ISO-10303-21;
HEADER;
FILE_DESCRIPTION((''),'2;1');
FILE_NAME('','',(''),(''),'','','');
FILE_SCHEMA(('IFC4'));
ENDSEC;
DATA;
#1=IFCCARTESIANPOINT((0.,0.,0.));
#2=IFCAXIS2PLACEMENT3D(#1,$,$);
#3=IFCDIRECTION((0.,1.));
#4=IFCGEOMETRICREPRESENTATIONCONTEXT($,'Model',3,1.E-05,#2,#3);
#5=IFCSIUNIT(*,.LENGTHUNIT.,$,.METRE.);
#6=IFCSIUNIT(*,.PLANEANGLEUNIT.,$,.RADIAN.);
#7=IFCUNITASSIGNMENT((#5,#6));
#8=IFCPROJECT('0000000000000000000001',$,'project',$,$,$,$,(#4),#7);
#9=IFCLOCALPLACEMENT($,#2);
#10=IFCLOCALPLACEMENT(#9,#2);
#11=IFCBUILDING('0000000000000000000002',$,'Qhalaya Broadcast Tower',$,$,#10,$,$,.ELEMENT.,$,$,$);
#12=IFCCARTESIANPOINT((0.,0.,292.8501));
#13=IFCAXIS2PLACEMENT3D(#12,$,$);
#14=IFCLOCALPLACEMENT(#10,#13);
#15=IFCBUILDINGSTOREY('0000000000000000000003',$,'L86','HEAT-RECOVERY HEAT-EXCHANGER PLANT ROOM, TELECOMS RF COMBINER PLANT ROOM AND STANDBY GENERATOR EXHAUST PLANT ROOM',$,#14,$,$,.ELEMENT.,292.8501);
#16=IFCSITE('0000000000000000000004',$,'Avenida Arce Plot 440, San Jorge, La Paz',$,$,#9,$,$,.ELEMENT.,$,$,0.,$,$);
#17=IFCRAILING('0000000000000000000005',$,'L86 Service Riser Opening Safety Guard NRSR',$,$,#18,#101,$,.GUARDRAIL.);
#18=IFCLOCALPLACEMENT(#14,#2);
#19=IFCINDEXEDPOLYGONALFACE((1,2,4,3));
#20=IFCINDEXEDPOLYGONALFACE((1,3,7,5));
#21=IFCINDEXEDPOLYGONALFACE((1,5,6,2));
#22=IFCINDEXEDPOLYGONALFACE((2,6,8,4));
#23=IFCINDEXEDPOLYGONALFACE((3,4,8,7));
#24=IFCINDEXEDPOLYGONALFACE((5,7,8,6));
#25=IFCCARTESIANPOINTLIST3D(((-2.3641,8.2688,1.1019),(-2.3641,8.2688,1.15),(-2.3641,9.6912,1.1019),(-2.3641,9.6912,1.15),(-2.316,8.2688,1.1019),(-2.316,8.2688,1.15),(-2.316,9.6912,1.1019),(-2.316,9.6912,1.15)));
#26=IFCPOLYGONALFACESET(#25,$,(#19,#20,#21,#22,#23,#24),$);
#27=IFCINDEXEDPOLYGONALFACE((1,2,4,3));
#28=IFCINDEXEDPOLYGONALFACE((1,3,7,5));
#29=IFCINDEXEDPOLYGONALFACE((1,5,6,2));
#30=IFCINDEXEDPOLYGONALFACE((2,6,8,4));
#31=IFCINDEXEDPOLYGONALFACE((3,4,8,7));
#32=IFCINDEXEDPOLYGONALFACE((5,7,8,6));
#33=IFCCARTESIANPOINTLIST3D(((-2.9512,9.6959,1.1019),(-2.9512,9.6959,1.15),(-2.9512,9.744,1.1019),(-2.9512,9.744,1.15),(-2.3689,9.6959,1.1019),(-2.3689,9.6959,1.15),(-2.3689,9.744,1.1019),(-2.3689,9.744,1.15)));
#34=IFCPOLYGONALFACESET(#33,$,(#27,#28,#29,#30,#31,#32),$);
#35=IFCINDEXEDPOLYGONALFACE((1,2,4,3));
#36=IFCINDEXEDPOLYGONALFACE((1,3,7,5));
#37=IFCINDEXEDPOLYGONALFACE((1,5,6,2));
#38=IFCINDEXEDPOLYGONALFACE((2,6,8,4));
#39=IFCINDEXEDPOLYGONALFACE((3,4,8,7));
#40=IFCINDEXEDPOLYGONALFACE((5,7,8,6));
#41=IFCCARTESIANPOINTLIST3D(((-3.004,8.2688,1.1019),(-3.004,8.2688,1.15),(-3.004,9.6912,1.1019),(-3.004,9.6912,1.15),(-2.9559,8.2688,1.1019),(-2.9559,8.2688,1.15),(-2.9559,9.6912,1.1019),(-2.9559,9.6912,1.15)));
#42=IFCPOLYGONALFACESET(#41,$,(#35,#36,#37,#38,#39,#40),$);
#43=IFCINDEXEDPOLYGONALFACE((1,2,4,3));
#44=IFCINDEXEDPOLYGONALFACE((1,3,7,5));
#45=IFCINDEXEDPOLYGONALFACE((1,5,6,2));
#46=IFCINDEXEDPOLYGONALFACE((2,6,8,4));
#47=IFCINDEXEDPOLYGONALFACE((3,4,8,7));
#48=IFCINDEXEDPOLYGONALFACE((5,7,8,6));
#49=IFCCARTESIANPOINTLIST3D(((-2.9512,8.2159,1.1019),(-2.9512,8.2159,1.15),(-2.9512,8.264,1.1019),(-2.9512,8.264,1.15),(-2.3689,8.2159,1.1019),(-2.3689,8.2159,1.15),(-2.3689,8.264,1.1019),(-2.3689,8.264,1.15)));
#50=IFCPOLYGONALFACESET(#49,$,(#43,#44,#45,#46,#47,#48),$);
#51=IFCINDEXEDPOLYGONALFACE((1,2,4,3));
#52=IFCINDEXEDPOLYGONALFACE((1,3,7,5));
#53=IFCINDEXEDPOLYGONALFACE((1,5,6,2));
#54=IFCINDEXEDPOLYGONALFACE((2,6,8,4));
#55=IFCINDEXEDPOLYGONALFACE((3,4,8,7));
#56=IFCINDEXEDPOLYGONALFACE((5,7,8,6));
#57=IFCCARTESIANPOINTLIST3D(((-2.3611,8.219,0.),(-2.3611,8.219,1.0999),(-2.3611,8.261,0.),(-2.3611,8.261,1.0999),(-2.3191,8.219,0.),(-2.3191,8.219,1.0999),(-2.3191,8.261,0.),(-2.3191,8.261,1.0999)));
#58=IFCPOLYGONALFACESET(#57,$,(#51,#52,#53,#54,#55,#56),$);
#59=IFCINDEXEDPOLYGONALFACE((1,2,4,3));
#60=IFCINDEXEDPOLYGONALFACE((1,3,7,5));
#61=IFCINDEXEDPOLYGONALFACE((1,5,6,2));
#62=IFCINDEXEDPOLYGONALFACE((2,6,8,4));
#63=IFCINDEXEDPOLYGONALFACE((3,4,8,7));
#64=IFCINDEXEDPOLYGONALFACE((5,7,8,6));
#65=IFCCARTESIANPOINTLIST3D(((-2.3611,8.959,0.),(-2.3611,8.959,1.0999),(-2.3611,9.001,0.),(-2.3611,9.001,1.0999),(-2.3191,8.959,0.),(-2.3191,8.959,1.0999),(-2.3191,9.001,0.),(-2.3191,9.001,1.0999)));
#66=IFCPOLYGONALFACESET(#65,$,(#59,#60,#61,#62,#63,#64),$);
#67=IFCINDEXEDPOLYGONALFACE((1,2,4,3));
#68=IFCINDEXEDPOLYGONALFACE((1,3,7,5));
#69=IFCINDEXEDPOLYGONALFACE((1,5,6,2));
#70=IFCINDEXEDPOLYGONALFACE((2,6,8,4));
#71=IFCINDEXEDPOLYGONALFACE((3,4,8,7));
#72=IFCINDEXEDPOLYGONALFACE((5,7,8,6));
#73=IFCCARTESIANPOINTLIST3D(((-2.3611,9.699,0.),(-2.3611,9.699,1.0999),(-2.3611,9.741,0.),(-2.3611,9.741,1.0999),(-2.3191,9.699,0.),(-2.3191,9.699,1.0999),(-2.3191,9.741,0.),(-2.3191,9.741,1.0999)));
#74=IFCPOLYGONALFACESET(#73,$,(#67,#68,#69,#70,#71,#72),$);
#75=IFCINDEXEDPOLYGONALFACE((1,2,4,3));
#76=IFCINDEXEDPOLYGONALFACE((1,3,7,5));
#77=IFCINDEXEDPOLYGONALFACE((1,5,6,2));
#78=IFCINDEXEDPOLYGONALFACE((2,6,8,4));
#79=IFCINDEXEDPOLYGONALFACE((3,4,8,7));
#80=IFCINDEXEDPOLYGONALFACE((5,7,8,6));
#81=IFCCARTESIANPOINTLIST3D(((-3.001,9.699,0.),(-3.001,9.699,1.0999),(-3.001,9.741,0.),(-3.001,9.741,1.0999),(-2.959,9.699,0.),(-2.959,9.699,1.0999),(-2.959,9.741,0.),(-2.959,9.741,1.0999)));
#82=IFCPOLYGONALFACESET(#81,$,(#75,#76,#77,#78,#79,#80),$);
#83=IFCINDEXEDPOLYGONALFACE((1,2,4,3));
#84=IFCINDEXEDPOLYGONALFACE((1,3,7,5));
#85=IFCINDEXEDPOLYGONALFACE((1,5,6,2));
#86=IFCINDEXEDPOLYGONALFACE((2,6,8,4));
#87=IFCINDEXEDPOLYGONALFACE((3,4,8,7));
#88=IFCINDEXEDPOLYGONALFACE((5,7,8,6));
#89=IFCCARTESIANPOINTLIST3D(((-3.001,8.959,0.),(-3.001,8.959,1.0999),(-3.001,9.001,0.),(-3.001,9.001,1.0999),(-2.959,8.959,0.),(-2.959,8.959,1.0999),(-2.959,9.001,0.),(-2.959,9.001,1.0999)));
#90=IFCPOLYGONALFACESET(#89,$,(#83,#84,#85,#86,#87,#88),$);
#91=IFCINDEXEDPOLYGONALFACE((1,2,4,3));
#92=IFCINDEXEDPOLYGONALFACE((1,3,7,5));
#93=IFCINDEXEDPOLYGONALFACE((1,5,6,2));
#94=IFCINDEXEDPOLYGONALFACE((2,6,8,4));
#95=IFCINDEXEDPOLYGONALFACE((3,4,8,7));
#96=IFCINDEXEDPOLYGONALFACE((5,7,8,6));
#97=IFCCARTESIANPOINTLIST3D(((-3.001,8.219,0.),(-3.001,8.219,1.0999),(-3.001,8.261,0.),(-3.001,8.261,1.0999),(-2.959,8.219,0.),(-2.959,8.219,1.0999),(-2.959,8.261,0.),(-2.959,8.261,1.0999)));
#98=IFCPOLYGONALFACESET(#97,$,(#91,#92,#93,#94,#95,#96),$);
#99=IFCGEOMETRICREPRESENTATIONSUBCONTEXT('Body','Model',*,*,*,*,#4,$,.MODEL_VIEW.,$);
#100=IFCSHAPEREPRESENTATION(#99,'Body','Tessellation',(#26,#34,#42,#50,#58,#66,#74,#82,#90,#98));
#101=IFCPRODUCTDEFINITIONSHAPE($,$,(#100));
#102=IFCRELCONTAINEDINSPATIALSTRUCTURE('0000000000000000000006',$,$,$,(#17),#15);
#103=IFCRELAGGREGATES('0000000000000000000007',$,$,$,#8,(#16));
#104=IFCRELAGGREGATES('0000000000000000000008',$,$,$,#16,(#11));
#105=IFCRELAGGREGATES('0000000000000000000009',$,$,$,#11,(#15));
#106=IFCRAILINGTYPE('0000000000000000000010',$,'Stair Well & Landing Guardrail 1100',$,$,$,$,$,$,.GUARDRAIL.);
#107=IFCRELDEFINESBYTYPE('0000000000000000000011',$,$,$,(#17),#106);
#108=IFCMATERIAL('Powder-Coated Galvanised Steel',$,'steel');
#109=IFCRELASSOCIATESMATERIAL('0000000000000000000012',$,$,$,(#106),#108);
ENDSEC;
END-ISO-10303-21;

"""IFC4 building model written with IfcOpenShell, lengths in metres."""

from ifc_helpers import new_model, si_unit, direction, frame, origin, origin_2d, place, context, subcontext, project, spatial, rectangle, extrude, material, type_object, element, save


model = new_model("IFC4")

# Units and contexts
model_context = context("Model", 3, precision=1e-05, world=origin(), true_north=direction((0.0, 1.0)))
body_context = subcontext(model_context, "Body", "Model", "MODEL_VIEW")
ifc_project = project(units=[si_unit("LENGTHUNIT", "METRE"), si_unit("PLANEANGLEUNIT", "RADIAN")], contexts=[model_context])

# Site, building, storey
site_placement = place(None, origin())
site = spatial("IfcSite", under=ifc_project, at=site_placement, Name="Avenida Arce Plot 440, San Jorge, La Paz", CompositionType="ELEMENT", RefElevation=0.0)
building_placement = place(site_placement, origin())
building = spatial("IfcBuilding", under=site, at=building_placement, Name="Qhalaya Broadcast Tower", CompositionType="ELEMENT")
storey_placement = place(building_placement, frame((0.0, 0.0, 292.8501)))
storey = spatial("IfcBuildingStorey", under=building, at=storey_placement, Name="L86", Description="HEAT-RECOVERY HEAT-EXCHANGER PLANT ROOM, TELECOMS RF COMBINER PLANT ROOM AND STANDBY GENERATOR EXHAUST PLANT ROOM", CompositionType="ELEMENT", Elevation=292.8501)

# Railing
ifc_material_1 = material(Name="Powder-Coated Galvanised Steel", Category="steel")
railing_type_1 = type_object("IfcRailingType", Name="Stair Well & Landing Guardrail 1100", PredefinedType="GUARDRAIL", material=ifc_material_1)
railing_1_placement = place(storey_placement, frame((-2.3401, 8.24, 0.0)))
element("IfcRailing", 1, at=railing_1_placement, inside=storey, type_object=railing_type_1, Name="L86 Service Riser Opening Safety Guard NRSR", PredefinedType="GUARDRAIL", context=body_context, shape_type="SweptSolid", body=[
    extrude(rectangle(XDim=0.0481, YDim=0.0481, at=origin_2d()), frame((0.0, 0.0288, 1.126), z_axis=(0.0, 1.0, 0.0), x_axis=(-1.0, 0.0, 0.0)), (0.0, 0.0, 1.0), 1.4224),
    extrude(rectangle(XDim=0.0481, YDim=0.0481, at=origin_2d()), frame((-0.0288, 1.48, 1.126), z_axis=(-1.0, 0.0, 0.0), x_axis=(0.0, -1.0, 0.0)), (0.0, 0.0, 1.0), 0.5823),
    extrude(rectangle(XDim=0.0481, YDim=0.0481, at=origin_2d()), frame((-0.6399, 1.4512, 1.126), z_axis=(0.0, -1.0, 0.0), x_axis=(1.0, 0.0, 0.0)), (0.0, 0.0, 1.0), 1.4224),
    extrude(rectangle(XDim=0.0481, YDim=0.0481, at=origin_2d()), frame((-0.6111, 0.0, 1.126), z_axis=(1.0, 0.0, 0.0), x_axis=(0.0, 1.0, 0.0)), (0.0, 0.0, 1.0), 0.5823),
    extrude(rectangle(XDim=0.042, YDim=0.042, at=origin_2d()), origin(), (0.0, 0.0, 1.0), 1.0999),
    extrude(rectangle(XDim=0.042, YDim=0.042, at=origin_2d()), frame((0.0, 0.74, 0.0)), (0.0, 0.0, 1.0), 1.0999),
    extrude(rectangle(XDim=0.042, YDim=0.042, at=origin_2d()), frame((0.0, 1.48, 0.0)), (0.0, 0.0, 1.0), 1.0999),
    extrude(rectangle(XDim=0.042, YDim=0.042, at=origin_2d()), frame((-0.6399, 1.48, 0.0)), (0.0, 0.0, 1.0), 1.0999),
    extrude(rectangle(XDim=0.042, YDim=0.042, at=origin_2d()), frame((-0.6399, 0.74, 0.0)), (0.0, 0.0, 1.0), 1.0999),
    extrude(rectangle(XDim=0.042, YDim=0.042, at=origin_2d()), frame((-0.6399, 0.0, 0.0)), (0.0, 0.0, 1.0), 1.0999),
])

save(model, "model.ifc")
